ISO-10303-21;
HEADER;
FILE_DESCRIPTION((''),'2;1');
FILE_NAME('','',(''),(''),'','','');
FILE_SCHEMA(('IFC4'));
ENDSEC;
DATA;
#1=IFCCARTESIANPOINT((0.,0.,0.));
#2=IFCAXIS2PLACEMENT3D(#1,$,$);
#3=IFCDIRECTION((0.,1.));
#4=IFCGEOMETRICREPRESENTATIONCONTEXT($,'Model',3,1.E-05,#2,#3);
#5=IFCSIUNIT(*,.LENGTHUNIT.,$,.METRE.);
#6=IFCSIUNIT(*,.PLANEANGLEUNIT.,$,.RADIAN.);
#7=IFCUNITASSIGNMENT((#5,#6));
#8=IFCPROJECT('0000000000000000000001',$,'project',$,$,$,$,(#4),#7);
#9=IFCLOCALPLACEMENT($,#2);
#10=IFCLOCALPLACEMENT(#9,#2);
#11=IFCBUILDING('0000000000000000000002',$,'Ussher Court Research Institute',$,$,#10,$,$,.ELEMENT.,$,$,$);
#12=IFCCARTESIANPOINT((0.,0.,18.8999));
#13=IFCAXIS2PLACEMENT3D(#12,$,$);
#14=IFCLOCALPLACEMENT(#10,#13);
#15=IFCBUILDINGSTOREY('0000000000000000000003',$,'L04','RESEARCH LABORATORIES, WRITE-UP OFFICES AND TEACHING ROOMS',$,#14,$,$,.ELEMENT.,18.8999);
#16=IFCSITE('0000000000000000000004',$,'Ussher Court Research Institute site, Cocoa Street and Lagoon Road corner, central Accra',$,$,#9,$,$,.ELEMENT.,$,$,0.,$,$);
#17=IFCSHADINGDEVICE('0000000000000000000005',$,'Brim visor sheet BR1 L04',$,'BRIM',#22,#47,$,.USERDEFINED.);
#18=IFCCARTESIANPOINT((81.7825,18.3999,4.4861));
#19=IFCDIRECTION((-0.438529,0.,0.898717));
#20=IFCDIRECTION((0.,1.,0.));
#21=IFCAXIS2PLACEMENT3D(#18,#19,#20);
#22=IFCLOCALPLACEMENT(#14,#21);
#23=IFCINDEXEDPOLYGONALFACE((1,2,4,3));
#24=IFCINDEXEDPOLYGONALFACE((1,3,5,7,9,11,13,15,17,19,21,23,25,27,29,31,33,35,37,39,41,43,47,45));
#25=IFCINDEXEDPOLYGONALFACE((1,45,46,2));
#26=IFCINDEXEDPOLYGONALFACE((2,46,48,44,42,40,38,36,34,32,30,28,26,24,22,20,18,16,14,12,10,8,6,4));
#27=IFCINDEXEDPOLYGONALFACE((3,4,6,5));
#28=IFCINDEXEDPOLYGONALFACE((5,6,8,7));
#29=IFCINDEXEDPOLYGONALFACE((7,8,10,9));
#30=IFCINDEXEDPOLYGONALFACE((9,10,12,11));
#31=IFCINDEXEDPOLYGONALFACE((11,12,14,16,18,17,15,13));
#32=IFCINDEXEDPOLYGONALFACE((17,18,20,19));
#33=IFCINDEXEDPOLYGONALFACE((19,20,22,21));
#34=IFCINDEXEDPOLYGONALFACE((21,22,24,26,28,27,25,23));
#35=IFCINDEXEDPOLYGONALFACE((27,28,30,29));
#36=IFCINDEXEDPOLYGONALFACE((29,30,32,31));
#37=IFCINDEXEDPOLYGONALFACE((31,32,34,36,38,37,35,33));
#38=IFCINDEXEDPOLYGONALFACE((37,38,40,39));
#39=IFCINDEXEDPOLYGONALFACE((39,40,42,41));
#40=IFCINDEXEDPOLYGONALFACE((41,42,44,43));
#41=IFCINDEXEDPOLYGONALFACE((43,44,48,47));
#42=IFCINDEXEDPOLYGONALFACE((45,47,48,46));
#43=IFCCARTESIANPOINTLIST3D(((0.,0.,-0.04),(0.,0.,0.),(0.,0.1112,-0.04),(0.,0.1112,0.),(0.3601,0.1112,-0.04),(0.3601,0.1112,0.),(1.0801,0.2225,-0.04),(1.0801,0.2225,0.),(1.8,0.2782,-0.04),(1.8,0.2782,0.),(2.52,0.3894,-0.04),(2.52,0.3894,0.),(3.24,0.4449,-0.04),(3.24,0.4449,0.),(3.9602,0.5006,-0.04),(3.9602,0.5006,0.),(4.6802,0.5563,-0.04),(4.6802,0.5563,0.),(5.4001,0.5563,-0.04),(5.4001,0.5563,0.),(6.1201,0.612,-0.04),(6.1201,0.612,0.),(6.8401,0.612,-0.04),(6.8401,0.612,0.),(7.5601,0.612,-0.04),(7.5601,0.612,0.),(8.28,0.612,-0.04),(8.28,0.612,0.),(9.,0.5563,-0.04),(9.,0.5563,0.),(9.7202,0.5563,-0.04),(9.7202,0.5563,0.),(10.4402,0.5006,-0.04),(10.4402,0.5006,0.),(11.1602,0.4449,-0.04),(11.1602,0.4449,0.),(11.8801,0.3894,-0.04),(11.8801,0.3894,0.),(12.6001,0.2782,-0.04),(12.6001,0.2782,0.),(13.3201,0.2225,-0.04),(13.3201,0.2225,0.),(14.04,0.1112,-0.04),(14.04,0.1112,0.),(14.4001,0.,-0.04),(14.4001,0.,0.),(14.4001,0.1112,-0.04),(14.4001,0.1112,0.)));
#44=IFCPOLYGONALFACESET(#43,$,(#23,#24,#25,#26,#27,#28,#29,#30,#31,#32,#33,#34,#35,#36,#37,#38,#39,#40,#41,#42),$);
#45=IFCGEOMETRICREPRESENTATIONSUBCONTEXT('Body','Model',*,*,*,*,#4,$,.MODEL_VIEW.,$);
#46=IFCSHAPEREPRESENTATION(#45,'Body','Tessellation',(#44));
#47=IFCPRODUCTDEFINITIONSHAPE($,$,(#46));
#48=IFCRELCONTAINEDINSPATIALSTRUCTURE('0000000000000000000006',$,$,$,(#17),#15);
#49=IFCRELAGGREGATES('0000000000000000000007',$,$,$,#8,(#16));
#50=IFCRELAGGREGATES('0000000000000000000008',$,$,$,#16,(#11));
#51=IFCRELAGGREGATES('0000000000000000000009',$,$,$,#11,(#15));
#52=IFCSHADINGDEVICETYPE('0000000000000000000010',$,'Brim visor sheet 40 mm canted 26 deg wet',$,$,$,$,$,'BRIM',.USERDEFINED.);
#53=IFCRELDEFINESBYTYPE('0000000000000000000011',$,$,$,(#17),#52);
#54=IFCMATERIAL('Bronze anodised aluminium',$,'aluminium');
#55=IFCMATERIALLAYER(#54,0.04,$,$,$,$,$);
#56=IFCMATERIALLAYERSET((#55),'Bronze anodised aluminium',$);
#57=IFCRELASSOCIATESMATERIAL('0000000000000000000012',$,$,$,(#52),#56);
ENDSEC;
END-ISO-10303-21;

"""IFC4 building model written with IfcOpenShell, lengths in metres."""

from ifc_helpers import new_model, si_unit, direction, frame, origin, place, context, subcontext, project, spatial, polyline, outline, extrude, material, layer, layer_set, type_object, element, save


model = new_model("IFC4")

# Units and contexts
model_context = context("Model", 3, precision=1e-05, world=origin(), true_north=direction((0.0, 1.0)))
body_context = subcontext(model_context, "Body", "Model", "MODEL_VIEW")
ifc_project = project(units=[si_unit("LENGTHUNIT", "METRE"), si_unit("PLANEANGLEUNIT", "RADIAN")], contexts=[model_context])

# Site, building, storey
site_placement = place(None, origin())
site = spatial("IfcSite", under=ifc_project, at=site_placement, Name="Ussher Court Research Institute site, Cocoa Street and Lagoon Road corner, central Accra", CompositionType="ELEMENT", RefElevation=0.0)
building_placement = place(site_placement, origin())
building = spatial("IfcBuilding", under=site, at=building_placement, Name="Ussher Court Research Institute", CompositionType="ELEMENT")
storey_placement = place(building_placement, frame((0.0, 0.0, 18.8999)))
storey = spatial("IfcBuildingStorey", under=building, at=storey_placement, Name="L04", Description="RESEARCH LABORATORIES, WRITE-UP OFFICES AND TEACHING ROOMS", CompositionType="ELEMENT", Elevation=18.8999)

# Shading device
ifc_material_1 = material(Name="Bronze anodised aluminium", Category="aluminium")
ifc_layer_1 = layer(ifc_material_1, 0.04)
ifc_layer_set_1 = layer_set([ifc_layer_1], Name="Bronze anodised aluminium")
shading_device_type_1 = type_object("IfcShadingDeviceType", Name="Brim visor sheet 40 mm canted 26 deg wet", ElementType="BRIM", PredefinedType="USERDEFINED", material=ifc_layer_set_1)
shading_device_1_placement = place(storey_placement, frame((81.7825, 18.3999, 4.4861), z_axis=(-0.438529, 0.0, 0.898717), x_axis=(0.0, 1.0, 0.0)))
element("IfcShadingDevice", 1, at=shading_device_1_placement, inside=storey, type_object=shading_device_type_1, Name="Brim visor sheet BR1 L04", ObjectType="BRIM", PredefinedType="USERDEFINED", context=body_context, shape_type="SweptSolid", body=[
    extrude(outline(polyline([(0.0, 0.0), (14.4001, 0.0), (14.4001, 0.1112), (14.04, 0.1112), (13.3201, 0.2225), (12.6001, 0.2782), (11.8801, 0.3894), (11.1602, 0.4449), (10.4402, 0.5006), (9.7202, 0.5563), (9.0, 0.5563), (8.28, 0.612), (7.5601, 0.612), (6.8401, 0.612), (6.1201, 0.612), (5.4001, 0.5563), (4.6802, 0.5563), (3.9602, 0.5006), (3.24, 0.4449), (2.52, 0.3894), (1.8, 0.2782), (1.0801, 0.2225), (0.3601, 0.1112), (0.0, 0.1112), (0.0, 0.0)])), origin(), (0.0, 0.0, -1.0), 0.04),
])

save(model, "model.ifc")
